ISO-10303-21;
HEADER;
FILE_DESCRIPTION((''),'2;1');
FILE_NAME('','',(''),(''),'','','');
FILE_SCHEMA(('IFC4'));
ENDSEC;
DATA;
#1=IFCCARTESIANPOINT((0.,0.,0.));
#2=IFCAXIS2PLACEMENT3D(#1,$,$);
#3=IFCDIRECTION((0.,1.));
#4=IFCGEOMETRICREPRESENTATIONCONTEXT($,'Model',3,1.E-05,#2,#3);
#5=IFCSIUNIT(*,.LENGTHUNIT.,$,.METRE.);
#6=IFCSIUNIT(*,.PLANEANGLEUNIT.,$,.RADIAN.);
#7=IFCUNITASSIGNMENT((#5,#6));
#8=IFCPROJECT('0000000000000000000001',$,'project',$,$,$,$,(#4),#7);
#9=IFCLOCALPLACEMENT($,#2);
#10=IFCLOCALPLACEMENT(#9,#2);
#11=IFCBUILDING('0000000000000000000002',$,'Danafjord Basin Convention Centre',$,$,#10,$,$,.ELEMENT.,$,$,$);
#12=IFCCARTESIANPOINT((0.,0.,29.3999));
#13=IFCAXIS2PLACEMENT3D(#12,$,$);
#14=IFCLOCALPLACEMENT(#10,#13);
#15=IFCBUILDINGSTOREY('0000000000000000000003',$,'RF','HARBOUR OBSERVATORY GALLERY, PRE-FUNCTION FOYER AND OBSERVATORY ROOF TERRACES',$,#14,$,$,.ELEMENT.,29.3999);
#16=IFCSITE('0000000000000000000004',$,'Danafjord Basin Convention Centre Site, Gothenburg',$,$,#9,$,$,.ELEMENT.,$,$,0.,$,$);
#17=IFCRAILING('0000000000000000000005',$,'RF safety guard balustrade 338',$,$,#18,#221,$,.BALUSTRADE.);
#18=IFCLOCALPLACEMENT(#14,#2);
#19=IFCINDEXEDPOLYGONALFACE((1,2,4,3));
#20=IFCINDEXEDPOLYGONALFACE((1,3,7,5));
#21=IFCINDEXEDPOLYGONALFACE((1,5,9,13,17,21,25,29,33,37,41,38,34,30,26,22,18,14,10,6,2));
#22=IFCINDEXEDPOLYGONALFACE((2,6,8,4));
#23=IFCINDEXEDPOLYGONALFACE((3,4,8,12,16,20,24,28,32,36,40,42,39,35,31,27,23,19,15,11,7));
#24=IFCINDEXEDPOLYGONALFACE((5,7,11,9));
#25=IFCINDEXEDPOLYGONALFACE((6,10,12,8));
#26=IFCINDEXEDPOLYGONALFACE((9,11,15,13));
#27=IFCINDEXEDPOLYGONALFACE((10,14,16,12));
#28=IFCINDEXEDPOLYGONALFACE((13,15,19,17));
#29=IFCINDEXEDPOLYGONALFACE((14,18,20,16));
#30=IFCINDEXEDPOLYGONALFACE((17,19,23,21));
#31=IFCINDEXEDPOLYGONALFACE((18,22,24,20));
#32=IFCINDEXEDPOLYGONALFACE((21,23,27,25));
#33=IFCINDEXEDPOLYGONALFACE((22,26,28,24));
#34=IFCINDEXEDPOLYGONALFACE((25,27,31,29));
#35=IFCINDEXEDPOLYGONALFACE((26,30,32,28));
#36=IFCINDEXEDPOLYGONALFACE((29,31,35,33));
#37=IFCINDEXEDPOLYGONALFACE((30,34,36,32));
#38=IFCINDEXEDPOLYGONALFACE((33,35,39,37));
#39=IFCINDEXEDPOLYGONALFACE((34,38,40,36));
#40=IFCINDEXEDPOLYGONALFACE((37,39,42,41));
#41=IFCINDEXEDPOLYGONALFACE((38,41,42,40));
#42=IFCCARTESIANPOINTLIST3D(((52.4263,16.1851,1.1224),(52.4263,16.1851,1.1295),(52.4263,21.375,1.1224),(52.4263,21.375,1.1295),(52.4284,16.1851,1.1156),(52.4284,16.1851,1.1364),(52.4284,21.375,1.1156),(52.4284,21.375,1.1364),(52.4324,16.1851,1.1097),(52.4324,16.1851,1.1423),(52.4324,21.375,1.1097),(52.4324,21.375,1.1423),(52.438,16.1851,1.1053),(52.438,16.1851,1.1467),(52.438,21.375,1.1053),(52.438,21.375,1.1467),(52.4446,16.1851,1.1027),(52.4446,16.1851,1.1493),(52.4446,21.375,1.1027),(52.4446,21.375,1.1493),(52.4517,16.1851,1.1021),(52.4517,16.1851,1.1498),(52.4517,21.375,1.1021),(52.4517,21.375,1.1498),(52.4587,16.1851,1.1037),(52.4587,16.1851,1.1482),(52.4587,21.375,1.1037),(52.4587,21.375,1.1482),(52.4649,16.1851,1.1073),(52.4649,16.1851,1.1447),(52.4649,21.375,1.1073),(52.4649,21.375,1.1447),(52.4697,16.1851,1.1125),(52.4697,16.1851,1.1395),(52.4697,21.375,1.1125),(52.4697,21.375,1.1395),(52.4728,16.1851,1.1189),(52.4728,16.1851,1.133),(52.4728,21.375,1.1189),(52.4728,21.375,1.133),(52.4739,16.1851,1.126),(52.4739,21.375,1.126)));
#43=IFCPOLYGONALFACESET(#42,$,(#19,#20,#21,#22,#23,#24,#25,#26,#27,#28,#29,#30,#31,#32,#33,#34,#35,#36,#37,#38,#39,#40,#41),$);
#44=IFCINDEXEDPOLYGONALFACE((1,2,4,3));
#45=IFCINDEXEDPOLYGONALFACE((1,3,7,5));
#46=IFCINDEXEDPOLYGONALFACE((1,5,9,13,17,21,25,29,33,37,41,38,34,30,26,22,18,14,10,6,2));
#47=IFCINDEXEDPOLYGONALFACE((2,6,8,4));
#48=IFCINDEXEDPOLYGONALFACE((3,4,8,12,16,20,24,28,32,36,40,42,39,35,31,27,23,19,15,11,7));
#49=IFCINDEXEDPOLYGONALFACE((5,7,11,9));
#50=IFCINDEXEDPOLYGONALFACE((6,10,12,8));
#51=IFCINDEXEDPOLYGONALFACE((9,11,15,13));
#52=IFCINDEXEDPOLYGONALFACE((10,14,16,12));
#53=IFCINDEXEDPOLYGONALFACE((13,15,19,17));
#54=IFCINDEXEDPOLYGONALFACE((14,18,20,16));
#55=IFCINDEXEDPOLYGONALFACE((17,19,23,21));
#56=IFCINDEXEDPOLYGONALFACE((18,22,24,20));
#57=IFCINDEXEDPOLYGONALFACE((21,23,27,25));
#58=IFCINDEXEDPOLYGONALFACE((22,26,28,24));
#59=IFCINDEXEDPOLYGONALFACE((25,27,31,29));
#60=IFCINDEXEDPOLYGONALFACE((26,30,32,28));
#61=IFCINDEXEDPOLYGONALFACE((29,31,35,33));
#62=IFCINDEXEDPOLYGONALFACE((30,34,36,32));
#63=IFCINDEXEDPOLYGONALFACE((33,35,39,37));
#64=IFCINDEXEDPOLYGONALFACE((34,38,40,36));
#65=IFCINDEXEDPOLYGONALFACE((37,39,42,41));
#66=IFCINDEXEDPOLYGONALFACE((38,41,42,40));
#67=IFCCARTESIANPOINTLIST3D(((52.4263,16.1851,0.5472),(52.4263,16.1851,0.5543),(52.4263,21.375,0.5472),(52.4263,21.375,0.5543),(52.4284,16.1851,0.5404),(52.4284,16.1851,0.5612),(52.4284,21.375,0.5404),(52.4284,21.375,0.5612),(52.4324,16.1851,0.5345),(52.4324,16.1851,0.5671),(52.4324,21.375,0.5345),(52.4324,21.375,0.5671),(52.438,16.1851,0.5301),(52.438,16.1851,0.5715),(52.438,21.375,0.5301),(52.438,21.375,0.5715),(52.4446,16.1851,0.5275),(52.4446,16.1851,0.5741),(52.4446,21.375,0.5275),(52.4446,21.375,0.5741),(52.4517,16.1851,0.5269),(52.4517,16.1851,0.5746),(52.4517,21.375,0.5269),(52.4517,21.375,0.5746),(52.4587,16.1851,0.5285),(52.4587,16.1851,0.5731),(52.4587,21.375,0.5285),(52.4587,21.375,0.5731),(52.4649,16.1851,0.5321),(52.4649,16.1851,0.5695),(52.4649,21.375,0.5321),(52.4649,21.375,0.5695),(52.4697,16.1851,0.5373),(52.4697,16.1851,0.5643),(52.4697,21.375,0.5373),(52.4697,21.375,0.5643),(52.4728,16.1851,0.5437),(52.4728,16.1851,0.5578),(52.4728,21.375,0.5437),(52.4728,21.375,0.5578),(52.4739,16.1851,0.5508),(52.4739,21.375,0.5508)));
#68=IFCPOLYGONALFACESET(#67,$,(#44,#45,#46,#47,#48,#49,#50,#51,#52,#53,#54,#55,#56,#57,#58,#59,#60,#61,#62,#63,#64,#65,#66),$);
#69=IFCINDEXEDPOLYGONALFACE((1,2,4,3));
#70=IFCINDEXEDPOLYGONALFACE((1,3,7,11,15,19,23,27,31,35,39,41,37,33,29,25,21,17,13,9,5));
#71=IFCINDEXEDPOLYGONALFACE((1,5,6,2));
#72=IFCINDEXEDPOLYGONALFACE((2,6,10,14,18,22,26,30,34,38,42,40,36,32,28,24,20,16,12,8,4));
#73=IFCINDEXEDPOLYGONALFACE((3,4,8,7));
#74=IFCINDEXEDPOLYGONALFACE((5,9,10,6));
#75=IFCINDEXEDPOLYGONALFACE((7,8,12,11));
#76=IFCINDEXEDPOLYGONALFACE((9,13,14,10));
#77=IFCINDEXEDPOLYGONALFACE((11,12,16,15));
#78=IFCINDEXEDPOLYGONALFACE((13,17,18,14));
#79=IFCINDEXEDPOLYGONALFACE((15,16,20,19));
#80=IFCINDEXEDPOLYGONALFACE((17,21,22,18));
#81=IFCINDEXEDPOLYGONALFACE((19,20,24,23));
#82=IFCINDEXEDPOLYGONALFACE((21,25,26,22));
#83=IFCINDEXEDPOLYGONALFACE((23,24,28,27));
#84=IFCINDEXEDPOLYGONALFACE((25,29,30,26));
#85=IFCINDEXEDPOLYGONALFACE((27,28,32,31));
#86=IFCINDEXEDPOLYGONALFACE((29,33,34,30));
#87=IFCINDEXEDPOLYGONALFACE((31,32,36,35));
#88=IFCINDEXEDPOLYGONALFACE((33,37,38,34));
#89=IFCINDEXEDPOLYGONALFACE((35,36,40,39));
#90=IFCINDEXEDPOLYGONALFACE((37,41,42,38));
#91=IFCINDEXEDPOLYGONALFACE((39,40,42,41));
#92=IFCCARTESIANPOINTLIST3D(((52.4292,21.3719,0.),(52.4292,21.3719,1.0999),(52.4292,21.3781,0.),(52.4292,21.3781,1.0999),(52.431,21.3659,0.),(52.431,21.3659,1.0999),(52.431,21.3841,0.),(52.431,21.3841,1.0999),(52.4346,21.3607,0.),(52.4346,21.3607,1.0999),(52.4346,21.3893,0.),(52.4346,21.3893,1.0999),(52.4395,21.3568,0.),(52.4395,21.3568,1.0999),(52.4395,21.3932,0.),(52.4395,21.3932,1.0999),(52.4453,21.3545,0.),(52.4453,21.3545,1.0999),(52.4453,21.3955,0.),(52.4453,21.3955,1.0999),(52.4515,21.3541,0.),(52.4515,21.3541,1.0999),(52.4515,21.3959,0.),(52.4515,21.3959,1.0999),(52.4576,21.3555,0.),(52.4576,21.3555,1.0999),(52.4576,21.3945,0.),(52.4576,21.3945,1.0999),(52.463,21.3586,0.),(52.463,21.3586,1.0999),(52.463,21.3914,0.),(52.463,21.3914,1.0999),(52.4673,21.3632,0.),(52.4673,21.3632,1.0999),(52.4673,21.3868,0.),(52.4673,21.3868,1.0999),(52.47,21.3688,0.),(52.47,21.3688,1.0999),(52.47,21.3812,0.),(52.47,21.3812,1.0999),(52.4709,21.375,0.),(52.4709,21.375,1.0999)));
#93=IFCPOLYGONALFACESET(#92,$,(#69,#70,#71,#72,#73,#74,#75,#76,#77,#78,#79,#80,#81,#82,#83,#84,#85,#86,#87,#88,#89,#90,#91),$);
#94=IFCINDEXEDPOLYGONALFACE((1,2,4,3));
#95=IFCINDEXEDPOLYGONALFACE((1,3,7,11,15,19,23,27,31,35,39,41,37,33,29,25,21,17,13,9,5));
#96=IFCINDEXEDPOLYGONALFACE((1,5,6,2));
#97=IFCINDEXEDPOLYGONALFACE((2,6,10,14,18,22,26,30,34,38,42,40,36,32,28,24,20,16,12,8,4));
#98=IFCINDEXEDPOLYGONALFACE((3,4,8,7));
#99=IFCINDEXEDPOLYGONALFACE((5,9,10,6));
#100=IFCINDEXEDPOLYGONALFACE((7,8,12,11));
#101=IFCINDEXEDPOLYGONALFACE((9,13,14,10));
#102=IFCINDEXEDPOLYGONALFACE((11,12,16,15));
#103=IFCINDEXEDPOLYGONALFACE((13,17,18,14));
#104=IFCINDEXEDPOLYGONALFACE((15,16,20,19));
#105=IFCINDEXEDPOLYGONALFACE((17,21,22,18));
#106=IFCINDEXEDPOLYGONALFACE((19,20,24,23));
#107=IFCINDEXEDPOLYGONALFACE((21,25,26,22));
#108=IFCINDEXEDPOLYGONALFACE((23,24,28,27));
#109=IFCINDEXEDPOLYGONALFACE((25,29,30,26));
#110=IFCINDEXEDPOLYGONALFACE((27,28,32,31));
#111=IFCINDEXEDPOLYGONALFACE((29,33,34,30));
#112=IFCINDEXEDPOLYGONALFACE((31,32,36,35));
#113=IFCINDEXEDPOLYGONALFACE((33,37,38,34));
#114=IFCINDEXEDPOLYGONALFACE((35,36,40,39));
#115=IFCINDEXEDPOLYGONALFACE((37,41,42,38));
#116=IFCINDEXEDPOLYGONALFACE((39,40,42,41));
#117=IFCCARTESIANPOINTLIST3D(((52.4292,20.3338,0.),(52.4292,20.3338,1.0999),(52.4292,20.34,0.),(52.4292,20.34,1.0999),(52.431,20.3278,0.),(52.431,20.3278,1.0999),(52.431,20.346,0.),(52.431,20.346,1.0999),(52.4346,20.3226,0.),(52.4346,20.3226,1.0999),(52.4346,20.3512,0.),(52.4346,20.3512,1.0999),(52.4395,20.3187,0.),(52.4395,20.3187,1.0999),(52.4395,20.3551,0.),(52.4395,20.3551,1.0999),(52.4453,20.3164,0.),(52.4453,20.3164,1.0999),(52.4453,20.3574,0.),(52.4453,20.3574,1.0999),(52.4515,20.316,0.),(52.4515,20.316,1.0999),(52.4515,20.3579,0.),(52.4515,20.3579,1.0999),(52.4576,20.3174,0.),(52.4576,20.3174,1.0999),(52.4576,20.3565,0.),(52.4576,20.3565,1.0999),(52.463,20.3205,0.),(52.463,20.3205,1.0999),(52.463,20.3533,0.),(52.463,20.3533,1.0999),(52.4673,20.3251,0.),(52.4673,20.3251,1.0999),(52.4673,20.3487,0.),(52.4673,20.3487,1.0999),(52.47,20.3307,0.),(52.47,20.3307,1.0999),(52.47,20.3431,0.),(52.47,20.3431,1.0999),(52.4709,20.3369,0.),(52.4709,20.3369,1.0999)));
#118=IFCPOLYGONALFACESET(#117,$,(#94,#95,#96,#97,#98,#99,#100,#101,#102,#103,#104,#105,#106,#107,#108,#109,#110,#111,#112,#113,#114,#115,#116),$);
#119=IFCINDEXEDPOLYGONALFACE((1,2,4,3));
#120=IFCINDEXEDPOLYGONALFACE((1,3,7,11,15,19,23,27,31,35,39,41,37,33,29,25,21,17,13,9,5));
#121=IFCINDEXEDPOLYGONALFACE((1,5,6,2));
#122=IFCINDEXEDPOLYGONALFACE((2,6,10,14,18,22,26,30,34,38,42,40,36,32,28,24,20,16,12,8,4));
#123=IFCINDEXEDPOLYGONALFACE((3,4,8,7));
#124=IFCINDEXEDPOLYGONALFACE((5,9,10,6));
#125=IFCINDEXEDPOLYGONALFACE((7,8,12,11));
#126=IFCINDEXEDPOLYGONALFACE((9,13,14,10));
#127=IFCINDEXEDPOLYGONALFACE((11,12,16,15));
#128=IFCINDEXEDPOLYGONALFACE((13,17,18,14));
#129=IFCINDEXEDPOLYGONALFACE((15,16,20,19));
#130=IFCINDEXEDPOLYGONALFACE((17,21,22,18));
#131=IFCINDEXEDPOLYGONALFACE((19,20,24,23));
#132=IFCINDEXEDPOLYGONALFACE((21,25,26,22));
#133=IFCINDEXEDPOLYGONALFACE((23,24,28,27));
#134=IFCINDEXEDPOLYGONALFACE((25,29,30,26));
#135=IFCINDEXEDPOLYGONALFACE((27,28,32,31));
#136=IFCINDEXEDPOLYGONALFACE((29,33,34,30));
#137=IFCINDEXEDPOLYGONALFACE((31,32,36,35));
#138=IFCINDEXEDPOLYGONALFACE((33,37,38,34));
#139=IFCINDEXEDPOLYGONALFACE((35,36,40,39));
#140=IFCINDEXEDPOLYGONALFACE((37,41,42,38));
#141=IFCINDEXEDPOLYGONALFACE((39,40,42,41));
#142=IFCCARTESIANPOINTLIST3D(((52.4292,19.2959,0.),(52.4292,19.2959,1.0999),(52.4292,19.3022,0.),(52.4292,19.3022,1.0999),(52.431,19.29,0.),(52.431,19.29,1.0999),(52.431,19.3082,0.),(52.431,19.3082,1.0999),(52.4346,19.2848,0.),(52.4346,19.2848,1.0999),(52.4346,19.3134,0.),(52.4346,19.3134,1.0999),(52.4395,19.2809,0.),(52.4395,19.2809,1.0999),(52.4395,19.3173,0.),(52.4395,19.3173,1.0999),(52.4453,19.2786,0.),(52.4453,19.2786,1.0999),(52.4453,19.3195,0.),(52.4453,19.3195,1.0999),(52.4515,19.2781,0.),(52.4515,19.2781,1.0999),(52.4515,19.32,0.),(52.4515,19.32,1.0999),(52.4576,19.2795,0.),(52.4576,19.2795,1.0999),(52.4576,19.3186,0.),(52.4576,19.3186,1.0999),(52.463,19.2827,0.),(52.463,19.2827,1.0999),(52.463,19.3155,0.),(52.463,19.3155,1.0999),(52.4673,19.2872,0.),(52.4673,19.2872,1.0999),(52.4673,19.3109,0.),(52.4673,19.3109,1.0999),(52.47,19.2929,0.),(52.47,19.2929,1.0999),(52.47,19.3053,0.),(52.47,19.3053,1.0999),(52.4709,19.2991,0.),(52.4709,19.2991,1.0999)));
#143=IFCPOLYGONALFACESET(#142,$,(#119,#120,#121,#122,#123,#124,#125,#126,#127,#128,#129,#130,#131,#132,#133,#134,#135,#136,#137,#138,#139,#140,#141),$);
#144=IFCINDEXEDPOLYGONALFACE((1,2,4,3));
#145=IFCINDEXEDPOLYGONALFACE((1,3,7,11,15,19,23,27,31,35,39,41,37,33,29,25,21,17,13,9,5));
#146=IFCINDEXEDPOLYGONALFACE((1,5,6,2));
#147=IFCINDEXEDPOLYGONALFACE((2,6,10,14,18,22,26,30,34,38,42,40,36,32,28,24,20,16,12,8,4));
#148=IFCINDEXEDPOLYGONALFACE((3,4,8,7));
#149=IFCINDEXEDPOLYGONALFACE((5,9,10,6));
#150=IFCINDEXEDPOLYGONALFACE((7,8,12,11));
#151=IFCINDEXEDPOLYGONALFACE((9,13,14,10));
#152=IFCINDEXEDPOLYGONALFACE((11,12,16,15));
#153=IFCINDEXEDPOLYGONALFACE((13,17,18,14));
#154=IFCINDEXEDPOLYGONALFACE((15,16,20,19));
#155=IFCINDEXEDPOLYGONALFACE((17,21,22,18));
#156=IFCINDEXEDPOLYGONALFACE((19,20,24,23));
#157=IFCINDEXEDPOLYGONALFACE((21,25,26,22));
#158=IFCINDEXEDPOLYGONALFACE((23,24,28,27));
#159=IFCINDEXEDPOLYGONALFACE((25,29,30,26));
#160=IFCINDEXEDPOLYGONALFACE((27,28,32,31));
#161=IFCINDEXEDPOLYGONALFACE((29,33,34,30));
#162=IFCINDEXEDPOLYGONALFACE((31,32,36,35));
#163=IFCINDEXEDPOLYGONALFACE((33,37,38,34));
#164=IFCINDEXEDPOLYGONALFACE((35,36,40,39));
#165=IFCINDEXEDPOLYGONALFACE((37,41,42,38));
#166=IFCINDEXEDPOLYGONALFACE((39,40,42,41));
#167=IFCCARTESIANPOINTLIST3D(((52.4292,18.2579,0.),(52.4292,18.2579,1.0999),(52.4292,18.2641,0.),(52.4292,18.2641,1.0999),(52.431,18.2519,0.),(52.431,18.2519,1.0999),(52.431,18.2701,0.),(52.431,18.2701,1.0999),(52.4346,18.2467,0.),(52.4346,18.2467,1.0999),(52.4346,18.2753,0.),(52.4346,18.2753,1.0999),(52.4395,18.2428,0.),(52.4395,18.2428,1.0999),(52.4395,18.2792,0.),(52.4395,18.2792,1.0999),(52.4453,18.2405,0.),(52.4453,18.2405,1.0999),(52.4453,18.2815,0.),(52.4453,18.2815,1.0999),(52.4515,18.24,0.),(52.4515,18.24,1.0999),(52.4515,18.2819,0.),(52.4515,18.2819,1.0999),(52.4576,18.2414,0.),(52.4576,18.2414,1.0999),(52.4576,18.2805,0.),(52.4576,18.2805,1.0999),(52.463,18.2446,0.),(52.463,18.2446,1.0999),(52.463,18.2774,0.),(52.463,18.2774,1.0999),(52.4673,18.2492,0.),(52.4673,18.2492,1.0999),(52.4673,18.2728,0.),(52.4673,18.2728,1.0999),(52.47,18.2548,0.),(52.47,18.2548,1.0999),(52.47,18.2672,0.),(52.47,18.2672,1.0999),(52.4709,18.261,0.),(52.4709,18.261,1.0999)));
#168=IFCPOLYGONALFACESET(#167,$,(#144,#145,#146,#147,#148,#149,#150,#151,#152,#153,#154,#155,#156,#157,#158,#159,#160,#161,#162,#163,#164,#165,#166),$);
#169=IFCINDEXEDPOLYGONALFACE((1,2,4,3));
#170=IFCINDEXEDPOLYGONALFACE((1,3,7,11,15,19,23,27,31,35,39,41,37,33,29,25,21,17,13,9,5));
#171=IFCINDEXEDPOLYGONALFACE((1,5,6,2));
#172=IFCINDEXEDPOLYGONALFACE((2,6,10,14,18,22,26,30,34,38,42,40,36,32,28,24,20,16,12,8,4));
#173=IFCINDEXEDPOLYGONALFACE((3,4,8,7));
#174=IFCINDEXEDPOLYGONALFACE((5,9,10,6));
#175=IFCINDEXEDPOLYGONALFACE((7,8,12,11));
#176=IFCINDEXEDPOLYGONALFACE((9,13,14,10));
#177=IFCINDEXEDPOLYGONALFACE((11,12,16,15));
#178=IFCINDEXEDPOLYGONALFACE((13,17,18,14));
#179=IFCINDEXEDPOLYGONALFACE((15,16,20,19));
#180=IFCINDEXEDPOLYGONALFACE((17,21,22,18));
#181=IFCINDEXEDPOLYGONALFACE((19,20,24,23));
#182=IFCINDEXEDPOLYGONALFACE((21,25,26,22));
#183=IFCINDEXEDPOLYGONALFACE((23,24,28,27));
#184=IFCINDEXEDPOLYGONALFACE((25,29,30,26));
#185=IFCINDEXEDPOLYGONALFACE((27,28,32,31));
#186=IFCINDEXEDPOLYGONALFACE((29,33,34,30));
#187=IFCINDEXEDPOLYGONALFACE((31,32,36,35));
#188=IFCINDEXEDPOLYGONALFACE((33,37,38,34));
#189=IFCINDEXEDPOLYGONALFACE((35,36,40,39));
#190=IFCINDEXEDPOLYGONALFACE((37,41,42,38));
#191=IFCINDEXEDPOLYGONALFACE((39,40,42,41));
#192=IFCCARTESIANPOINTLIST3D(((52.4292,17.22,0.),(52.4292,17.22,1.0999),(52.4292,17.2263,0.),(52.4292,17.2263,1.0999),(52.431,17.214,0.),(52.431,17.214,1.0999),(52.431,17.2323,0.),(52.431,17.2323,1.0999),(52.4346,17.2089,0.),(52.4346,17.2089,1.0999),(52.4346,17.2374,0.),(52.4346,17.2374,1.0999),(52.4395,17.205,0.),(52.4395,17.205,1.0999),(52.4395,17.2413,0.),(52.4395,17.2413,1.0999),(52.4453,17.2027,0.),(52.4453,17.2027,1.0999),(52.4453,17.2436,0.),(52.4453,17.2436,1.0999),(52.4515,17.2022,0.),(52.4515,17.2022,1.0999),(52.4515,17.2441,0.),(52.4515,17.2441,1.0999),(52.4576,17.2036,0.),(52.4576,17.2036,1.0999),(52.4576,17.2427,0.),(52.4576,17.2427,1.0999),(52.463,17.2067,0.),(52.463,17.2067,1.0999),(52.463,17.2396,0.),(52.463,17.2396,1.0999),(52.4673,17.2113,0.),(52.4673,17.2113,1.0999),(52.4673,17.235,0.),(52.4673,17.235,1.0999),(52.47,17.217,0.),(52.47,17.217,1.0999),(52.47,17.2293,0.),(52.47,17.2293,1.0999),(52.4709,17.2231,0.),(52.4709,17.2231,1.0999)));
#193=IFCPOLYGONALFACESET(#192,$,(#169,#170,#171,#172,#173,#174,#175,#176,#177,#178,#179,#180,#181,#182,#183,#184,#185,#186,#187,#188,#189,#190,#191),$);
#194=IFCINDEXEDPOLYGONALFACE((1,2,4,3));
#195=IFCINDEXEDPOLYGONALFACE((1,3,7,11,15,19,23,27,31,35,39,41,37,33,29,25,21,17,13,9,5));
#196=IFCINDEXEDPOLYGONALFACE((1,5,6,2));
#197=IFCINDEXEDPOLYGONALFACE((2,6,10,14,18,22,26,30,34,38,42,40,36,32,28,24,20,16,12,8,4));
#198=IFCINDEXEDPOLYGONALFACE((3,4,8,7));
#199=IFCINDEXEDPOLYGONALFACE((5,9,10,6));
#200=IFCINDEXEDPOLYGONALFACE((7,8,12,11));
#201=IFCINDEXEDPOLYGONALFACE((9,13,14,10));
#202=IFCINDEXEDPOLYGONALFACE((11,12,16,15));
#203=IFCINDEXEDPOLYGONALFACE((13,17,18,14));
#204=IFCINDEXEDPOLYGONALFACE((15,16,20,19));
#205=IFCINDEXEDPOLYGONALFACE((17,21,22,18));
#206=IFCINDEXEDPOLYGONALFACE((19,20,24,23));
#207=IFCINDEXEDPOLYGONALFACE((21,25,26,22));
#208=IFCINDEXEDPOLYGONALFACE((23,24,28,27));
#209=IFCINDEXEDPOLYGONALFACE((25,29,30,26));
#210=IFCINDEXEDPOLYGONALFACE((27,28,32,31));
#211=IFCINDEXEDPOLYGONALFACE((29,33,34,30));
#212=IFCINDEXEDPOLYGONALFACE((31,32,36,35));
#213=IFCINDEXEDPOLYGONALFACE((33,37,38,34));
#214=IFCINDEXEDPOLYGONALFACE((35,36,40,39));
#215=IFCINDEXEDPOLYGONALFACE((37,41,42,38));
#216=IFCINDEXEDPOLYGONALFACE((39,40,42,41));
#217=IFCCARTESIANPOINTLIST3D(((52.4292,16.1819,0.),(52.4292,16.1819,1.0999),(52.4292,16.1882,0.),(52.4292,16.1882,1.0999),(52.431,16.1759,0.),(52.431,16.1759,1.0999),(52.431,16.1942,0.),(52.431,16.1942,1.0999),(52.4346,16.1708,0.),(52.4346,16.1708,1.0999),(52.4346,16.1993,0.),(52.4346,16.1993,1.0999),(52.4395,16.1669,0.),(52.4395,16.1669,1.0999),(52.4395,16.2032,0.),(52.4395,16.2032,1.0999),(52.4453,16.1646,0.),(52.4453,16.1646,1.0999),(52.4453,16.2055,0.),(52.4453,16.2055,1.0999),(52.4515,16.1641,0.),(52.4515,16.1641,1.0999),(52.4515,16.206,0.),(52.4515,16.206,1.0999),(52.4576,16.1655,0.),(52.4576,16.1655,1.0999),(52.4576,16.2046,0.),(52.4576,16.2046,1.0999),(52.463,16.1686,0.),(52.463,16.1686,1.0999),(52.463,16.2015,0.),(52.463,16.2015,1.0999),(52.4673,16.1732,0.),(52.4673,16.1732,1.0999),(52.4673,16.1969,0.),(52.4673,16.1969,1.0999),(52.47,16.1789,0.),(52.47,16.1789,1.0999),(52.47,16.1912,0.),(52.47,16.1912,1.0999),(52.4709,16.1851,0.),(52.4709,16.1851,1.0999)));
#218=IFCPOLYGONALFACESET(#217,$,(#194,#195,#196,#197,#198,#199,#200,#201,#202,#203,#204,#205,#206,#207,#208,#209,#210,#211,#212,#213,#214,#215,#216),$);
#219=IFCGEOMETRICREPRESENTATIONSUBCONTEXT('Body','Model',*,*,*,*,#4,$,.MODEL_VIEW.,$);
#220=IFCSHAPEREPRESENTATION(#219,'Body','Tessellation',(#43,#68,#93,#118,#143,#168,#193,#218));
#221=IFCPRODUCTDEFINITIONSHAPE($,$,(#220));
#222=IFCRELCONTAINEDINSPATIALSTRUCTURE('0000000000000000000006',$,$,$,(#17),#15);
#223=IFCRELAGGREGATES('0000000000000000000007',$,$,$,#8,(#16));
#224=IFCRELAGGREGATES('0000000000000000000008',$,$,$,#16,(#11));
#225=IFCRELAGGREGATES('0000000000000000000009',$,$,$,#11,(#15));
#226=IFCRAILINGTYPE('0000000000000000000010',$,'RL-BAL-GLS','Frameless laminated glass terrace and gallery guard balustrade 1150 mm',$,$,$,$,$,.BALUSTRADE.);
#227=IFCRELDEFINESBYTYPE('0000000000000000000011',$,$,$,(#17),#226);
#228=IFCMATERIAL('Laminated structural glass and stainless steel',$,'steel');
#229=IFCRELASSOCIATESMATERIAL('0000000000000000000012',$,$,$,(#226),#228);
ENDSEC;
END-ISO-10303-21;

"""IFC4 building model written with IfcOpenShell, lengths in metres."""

from ifc_helpers import new_model, si_unit, direction, frame, origin, origin_2d, place, context, subcontext, project, spatial, circle, extrude, material, type_object, element, save


model = new_model("IFC4")

# Units and contexts
model_context = context("Model", 3, precision=1e-05, world=origin(), true_north=direction((0.0, 1.0)))
body_context = subcontext(model_context, "Body", "Model", "MODEL_VIEW")
ifc_project = project(units=[si_unit("LENGTHUNIT", "METRE"), si_unit("PLANEANGLEUNIT", "RADIAN")], contexts=[model_context])

# Site, building, storey
site_placement = place(None, origin())
site = spatial("IfcSite", under=ifc_project, at=site_placement, Name="Danafjord Basin Convention Centre Site, Gothenburg", CompositionType="ELEMENT", RefElevation=0.0)
building_placement = place(site_placement, origin())
building = spatial("IfcBuilding", under=site, at=building_placement, Name="Danafjord Basin Convention Centre", CompositionType="ELEMENT")
storey_placement = place(building_placement, frame((0.0, 0.0, 29.3999)))
storey = spatial("IfcBuildingStorey", under=building, at=storey_placement, Name="RF", Description="HARBOUR OBSERVATORY GALLERY, PRE-FUNCTION FOYER AND OBSERVATORY ROOF TERRACES", CompositionType="ELEMENT", Elevation=29.3999)

# Railing
ifc_material_1 = material(Name="Laminated structural glass and stainless steel", Category="steel")
railing_type_1 = type_object("IfcRailingType", Name="RL-BAL-GLS", Description="Frameless laminated glass terrace and gallery guard balustrade 1150 mm", PredefinedType="BALUSTRADE", material=ifc_material_1)
railing_1_placement = place(storey_placement, frame((52.45, 21.375, 0.0)))
element("IfcRailing", 1, at=railing_1_placement, inside=storey, type_object=railing_type_1, Name="RF safety guard balustrade 338", PredefinedType="BALUSTRADE", context=body_context, shape_type="SweptSolid", body=[
    extrude(circle(Radius=0.0239, at=origin_2d()), frame((0.0, 0.0, 1.126), z_axis=(0.0, -1.0, 0.0), x_axis=(1.0, 0.0, 0.0)), (0.0, 0.0, 1.0), 5.1899),
    extrude(circle(Radius=0.0239, at=origin_2d()), frame((0.0, 0.0, 0.5508), z_axis=(0.0, -1.0, 0.0), x_axis=(1.0, 0.0, 0.0)), (0.0, 0.0, 1.0), 5.1899),
    extrude(circle(Radius=0.021, at=origin_2d()), origin(), (0.0, 0.0, 1.0), 1.0999),
    extrude(circle(Radius=0.021, at=origin_2d()), frame((0.0, -1.0381, 0.0)), (0.0, 0.0, 1.0), 1.0999),
    extrude(circle(Radius=0.021, at=origin_2d()), frame((0.0, -2.0759, 0.0)), (0.0, 0.0, 1.0), 1.0999),
    extrude(circle(Radius=0.021, at=origin_2d()), frame((0.0, -3.114, 0.0)), (0.0, 0.0, 1.0), 1.0999),
    extrude(circle(Radius=0.021, at=origin_2d()), frame((0.0, -4.1519, 0.0)), (0.0, 0.0, 1.0), 1.0999),
    extrude(circle(Radius=0.021, at=origin_2d()), frame((0.0, -5.1899, 0.0)), (0.0, 0.0, 1.0), 1.0999),
])

save(model, "model.ifc")
